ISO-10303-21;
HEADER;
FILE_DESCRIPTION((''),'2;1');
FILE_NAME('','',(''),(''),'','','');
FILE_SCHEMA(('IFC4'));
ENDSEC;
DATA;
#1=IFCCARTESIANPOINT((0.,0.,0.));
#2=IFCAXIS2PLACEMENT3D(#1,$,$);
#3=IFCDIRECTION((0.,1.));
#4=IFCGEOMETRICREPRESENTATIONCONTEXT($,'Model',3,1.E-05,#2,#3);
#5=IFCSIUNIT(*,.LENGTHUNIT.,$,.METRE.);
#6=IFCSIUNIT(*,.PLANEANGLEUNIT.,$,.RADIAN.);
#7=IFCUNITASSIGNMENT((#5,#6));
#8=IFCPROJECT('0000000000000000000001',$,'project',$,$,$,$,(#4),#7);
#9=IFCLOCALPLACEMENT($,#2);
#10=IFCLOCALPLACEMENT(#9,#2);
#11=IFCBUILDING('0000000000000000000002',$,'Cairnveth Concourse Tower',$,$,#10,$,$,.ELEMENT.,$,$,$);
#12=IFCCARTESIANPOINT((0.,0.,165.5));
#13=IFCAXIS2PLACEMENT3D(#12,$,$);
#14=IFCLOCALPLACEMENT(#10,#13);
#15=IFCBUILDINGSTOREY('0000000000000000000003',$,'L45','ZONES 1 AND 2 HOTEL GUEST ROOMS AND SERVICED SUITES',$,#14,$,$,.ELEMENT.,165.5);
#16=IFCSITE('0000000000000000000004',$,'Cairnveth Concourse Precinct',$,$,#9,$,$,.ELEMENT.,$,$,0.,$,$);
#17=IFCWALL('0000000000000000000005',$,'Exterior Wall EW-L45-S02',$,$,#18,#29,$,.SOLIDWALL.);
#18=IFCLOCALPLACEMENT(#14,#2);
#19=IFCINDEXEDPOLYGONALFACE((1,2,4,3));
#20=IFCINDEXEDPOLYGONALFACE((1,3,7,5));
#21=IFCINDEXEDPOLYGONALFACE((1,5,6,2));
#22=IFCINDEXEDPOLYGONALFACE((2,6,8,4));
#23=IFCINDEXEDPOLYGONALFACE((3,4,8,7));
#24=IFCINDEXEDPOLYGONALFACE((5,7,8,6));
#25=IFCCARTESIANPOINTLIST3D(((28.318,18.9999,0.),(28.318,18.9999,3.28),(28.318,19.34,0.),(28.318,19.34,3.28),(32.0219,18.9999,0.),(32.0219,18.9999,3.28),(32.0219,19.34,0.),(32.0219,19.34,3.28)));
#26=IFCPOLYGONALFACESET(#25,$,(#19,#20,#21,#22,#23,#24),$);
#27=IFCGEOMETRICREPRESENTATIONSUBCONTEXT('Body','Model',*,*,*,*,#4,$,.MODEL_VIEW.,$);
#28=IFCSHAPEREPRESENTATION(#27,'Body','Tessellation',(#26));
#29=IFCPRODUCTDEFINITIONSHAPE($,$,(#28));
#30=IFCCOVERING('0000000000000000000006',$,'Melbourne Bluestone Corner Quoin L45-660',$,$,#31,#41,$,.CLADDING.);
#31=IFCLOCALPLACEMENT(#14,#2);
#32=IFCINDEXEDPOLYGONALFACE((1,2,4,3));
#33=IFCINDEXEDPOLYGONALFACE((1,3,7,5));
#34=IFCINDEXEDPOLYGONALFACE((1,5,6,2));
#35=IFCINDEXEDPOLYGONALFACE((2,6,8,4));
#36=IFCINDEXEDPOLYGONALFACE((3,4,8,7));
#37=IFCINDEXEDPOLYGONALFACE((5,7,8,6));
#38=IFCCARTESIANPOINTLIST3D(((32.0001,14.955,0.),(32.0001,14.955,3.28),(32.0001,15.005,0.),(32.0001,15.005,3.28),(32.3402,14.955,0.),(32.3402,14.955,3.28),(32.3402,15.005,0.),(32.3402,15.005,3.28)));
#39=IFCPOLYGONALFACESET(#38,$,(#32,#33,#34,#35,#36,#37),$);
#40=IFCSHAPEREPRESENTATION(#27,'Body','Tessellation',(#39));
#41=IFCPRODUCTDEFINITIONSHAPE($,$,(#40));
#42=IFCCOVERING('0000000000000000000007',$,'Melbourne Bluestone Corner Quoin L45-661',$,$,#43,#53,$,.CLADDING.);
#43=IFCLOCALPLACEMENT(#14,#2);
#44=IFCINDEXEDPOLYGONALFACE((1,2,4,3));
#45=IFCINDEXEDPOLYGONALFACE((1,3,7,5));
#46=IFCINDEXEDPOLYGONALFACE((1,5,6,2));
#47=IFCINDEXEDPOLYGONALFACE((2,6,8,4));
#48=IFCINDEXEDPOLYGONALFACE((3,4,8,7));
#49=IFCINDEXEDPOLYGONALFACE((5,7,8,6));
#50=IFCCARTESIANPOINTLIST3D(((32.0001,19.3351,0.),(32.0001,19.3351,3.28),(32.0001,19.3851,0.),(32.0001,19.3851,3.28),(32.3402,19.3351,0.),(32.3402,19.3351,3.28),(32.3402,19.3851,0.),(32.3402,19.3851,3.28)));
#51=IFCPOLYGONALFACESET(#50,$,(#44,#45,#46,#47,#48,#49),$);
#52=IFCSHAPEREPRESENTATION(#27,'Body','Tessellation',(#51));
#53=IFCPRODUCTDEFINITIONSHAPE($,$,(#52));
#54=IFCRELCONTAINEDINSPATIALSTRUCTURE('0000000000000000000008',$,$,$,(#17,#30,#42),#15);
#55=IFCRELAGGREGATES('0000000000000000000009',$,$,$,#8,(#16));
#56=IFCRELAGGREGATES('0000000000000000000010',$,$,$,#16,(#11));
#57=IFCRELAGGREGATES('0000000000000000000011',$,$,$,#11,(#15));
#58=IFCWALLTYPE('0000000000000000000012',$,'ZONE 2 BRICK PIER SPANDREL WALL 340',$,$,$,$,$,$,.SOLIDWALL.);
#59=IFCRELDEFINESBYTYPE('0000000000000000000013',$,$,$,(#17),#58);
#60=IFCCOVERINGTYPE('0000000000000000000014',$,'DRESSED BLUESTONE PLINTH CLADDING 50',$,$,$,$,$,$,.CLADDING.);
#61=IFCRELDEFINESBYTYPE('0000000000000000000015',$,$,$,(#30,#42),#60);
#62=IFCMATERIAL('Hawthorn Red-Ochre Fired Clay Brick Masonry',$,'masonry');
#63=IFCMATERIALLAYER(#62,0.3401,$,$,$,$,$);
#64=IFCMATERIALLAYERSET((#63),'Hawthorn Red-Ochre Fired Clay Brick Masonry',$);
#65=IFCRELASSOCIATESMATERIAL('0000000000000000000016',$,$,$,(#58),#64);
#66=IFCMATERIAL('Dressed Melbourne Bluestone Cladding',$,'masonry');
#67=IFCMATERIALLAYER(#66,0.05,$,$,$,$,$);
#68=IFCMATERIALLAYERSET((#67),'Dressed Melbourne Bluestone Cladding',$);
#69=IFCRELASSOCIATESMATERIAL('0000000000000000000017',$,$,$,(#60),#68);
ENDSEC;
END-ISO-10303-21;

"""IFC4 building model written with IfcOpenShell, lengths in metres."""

from ifc_helpers import new_model, si_unit, direction, frame, frame_2d, origin, place, context, subcontext, project, spatial, rectangle, extrude, material, layer, layer_set, type_object, element, save


model = new_model("IFC4")

# Units and contexts
model_context = context("Model", 3, precision=1e-05, world=origin(), true_north=direction((0.0, 1.0)))
body_context = subcontext(model_context, "Body", "Model", "MODEL_VIEW")
ifc_project = project(units=[si_unit("LENGTHUNIT", "METRE"), si_unit("PLANEANGLEUNIT", "RADIAN")], contexts=[model_context])

# Site, building, storey
site_placement = place(None, origin())
site = spatial("IfcSite", under=ifc_project, at=site_placement, Name="Cairnveth Concourse Precinct", CompositionType="ELEMENT", RefElevation=0.0)
building_placement = place(site_placement, origin())
building = spatial("IfcBuilding", under=site, at=building_placement, Name="Cairnveth Concourse Tower", CompositionType="ELEMENT")
storey_placement = place(building_placement, frame((0.0, 0.0, 165.5)))
storey = spatial("IfcBuildingStorey", under=building, at=storey_placement, Name="L45", Description="ZONES 1 AND 2 HOTEL GUEST ROOMS AND SERVICED SUITES", CompositionType="ELEMENT", Elevation=165.5)

# Wall
ifc_material_1 = material(Name="Hawthorn Red-Ochre Fired Clay Brick Masonry", Category="masonry")
ifc_layer_1 = layer(ifc_material_1, 0.3401)
ifc_layer_set_1 = layer_set([ifc_layer_1], Name="Hawthorn Red-Ochre Fired Clay Brick Masonry")
wall_type_1 = type_object("IfcWallType", Name="ZONE 2 BRICK PIER SPANDREL WALL 340", PredefinedType="SOLIDWALL", material=ifc_layer_set_1)
wall_1_placement = place(storey_placement, frame((32.022, 19.1699, 0.0), z_axis=(0.0, 0.0, 1.0), x_axis=(-1.0, 0.0, 0.0)))
element("IfcWall", 1, at=wall_1_placement, inside=storey, type_object=wall_type_1, Name="Exterior Wall EW-L45-S02", PredefinedType="SOLIDWALL", context=body_context, shape_type="SweptSolid", body=[
    extrude(rectangle(XDim=3.7039, YDim=0.3401, at=frame_2d((1.8521, 0.0))), origin(), (0.0, 0.0, 1.0), 3.28),
])

# Coverings
ifc_material_2 = material(Name="Dressed Melbourne Bluestone Cladding", Category="masonry")
ifc_layer_2 = layer(ifc_material_2, 0.05)
ifc_layer_set_2 = layer_set([ifc_layer_2], Name="Dressed Melbourne Bluestone Cladding")
covering_type = type_object("IfcCoveringType", Name="DRESSED BLUESTONE PLINTH CLADDING 50", PredefinedType="CLADDING", material=ifc_layer_set_2)
for number, where, z_axis, x_axis, name in (
    (2, (32.3401, 14.98, 0.0), (0.0, 0.0, 1.0), (-1.0, 0.0, 0.0), "Melbourne Bluestone Corner Quoin L45-660"),
    (3, (32.3401, 19.3601, 0.0), (0.0, 0.0, 1.0), (-1.0, 0.0, 0.0), "Melbourne Bluestone Corner Quoin L45-661"),
):
    element("IfcCovering", number, at=place(storey_placement, frame(where, z_axis=z_axis, x_axis=x_axis)), inside=storey, type_object=covering_type, Name=name, PredefinedType="CLADDING", context=body_context, shape_type="SweptSolid", body=[
        extrude(rectangle(XDim=0.3401, YDim=0.05, at=frame_2d((0.1699, 0.0))), origin(), (0.0, 0.0, 1.0), 3.28),
    ])

save(model, "model.ifc")
